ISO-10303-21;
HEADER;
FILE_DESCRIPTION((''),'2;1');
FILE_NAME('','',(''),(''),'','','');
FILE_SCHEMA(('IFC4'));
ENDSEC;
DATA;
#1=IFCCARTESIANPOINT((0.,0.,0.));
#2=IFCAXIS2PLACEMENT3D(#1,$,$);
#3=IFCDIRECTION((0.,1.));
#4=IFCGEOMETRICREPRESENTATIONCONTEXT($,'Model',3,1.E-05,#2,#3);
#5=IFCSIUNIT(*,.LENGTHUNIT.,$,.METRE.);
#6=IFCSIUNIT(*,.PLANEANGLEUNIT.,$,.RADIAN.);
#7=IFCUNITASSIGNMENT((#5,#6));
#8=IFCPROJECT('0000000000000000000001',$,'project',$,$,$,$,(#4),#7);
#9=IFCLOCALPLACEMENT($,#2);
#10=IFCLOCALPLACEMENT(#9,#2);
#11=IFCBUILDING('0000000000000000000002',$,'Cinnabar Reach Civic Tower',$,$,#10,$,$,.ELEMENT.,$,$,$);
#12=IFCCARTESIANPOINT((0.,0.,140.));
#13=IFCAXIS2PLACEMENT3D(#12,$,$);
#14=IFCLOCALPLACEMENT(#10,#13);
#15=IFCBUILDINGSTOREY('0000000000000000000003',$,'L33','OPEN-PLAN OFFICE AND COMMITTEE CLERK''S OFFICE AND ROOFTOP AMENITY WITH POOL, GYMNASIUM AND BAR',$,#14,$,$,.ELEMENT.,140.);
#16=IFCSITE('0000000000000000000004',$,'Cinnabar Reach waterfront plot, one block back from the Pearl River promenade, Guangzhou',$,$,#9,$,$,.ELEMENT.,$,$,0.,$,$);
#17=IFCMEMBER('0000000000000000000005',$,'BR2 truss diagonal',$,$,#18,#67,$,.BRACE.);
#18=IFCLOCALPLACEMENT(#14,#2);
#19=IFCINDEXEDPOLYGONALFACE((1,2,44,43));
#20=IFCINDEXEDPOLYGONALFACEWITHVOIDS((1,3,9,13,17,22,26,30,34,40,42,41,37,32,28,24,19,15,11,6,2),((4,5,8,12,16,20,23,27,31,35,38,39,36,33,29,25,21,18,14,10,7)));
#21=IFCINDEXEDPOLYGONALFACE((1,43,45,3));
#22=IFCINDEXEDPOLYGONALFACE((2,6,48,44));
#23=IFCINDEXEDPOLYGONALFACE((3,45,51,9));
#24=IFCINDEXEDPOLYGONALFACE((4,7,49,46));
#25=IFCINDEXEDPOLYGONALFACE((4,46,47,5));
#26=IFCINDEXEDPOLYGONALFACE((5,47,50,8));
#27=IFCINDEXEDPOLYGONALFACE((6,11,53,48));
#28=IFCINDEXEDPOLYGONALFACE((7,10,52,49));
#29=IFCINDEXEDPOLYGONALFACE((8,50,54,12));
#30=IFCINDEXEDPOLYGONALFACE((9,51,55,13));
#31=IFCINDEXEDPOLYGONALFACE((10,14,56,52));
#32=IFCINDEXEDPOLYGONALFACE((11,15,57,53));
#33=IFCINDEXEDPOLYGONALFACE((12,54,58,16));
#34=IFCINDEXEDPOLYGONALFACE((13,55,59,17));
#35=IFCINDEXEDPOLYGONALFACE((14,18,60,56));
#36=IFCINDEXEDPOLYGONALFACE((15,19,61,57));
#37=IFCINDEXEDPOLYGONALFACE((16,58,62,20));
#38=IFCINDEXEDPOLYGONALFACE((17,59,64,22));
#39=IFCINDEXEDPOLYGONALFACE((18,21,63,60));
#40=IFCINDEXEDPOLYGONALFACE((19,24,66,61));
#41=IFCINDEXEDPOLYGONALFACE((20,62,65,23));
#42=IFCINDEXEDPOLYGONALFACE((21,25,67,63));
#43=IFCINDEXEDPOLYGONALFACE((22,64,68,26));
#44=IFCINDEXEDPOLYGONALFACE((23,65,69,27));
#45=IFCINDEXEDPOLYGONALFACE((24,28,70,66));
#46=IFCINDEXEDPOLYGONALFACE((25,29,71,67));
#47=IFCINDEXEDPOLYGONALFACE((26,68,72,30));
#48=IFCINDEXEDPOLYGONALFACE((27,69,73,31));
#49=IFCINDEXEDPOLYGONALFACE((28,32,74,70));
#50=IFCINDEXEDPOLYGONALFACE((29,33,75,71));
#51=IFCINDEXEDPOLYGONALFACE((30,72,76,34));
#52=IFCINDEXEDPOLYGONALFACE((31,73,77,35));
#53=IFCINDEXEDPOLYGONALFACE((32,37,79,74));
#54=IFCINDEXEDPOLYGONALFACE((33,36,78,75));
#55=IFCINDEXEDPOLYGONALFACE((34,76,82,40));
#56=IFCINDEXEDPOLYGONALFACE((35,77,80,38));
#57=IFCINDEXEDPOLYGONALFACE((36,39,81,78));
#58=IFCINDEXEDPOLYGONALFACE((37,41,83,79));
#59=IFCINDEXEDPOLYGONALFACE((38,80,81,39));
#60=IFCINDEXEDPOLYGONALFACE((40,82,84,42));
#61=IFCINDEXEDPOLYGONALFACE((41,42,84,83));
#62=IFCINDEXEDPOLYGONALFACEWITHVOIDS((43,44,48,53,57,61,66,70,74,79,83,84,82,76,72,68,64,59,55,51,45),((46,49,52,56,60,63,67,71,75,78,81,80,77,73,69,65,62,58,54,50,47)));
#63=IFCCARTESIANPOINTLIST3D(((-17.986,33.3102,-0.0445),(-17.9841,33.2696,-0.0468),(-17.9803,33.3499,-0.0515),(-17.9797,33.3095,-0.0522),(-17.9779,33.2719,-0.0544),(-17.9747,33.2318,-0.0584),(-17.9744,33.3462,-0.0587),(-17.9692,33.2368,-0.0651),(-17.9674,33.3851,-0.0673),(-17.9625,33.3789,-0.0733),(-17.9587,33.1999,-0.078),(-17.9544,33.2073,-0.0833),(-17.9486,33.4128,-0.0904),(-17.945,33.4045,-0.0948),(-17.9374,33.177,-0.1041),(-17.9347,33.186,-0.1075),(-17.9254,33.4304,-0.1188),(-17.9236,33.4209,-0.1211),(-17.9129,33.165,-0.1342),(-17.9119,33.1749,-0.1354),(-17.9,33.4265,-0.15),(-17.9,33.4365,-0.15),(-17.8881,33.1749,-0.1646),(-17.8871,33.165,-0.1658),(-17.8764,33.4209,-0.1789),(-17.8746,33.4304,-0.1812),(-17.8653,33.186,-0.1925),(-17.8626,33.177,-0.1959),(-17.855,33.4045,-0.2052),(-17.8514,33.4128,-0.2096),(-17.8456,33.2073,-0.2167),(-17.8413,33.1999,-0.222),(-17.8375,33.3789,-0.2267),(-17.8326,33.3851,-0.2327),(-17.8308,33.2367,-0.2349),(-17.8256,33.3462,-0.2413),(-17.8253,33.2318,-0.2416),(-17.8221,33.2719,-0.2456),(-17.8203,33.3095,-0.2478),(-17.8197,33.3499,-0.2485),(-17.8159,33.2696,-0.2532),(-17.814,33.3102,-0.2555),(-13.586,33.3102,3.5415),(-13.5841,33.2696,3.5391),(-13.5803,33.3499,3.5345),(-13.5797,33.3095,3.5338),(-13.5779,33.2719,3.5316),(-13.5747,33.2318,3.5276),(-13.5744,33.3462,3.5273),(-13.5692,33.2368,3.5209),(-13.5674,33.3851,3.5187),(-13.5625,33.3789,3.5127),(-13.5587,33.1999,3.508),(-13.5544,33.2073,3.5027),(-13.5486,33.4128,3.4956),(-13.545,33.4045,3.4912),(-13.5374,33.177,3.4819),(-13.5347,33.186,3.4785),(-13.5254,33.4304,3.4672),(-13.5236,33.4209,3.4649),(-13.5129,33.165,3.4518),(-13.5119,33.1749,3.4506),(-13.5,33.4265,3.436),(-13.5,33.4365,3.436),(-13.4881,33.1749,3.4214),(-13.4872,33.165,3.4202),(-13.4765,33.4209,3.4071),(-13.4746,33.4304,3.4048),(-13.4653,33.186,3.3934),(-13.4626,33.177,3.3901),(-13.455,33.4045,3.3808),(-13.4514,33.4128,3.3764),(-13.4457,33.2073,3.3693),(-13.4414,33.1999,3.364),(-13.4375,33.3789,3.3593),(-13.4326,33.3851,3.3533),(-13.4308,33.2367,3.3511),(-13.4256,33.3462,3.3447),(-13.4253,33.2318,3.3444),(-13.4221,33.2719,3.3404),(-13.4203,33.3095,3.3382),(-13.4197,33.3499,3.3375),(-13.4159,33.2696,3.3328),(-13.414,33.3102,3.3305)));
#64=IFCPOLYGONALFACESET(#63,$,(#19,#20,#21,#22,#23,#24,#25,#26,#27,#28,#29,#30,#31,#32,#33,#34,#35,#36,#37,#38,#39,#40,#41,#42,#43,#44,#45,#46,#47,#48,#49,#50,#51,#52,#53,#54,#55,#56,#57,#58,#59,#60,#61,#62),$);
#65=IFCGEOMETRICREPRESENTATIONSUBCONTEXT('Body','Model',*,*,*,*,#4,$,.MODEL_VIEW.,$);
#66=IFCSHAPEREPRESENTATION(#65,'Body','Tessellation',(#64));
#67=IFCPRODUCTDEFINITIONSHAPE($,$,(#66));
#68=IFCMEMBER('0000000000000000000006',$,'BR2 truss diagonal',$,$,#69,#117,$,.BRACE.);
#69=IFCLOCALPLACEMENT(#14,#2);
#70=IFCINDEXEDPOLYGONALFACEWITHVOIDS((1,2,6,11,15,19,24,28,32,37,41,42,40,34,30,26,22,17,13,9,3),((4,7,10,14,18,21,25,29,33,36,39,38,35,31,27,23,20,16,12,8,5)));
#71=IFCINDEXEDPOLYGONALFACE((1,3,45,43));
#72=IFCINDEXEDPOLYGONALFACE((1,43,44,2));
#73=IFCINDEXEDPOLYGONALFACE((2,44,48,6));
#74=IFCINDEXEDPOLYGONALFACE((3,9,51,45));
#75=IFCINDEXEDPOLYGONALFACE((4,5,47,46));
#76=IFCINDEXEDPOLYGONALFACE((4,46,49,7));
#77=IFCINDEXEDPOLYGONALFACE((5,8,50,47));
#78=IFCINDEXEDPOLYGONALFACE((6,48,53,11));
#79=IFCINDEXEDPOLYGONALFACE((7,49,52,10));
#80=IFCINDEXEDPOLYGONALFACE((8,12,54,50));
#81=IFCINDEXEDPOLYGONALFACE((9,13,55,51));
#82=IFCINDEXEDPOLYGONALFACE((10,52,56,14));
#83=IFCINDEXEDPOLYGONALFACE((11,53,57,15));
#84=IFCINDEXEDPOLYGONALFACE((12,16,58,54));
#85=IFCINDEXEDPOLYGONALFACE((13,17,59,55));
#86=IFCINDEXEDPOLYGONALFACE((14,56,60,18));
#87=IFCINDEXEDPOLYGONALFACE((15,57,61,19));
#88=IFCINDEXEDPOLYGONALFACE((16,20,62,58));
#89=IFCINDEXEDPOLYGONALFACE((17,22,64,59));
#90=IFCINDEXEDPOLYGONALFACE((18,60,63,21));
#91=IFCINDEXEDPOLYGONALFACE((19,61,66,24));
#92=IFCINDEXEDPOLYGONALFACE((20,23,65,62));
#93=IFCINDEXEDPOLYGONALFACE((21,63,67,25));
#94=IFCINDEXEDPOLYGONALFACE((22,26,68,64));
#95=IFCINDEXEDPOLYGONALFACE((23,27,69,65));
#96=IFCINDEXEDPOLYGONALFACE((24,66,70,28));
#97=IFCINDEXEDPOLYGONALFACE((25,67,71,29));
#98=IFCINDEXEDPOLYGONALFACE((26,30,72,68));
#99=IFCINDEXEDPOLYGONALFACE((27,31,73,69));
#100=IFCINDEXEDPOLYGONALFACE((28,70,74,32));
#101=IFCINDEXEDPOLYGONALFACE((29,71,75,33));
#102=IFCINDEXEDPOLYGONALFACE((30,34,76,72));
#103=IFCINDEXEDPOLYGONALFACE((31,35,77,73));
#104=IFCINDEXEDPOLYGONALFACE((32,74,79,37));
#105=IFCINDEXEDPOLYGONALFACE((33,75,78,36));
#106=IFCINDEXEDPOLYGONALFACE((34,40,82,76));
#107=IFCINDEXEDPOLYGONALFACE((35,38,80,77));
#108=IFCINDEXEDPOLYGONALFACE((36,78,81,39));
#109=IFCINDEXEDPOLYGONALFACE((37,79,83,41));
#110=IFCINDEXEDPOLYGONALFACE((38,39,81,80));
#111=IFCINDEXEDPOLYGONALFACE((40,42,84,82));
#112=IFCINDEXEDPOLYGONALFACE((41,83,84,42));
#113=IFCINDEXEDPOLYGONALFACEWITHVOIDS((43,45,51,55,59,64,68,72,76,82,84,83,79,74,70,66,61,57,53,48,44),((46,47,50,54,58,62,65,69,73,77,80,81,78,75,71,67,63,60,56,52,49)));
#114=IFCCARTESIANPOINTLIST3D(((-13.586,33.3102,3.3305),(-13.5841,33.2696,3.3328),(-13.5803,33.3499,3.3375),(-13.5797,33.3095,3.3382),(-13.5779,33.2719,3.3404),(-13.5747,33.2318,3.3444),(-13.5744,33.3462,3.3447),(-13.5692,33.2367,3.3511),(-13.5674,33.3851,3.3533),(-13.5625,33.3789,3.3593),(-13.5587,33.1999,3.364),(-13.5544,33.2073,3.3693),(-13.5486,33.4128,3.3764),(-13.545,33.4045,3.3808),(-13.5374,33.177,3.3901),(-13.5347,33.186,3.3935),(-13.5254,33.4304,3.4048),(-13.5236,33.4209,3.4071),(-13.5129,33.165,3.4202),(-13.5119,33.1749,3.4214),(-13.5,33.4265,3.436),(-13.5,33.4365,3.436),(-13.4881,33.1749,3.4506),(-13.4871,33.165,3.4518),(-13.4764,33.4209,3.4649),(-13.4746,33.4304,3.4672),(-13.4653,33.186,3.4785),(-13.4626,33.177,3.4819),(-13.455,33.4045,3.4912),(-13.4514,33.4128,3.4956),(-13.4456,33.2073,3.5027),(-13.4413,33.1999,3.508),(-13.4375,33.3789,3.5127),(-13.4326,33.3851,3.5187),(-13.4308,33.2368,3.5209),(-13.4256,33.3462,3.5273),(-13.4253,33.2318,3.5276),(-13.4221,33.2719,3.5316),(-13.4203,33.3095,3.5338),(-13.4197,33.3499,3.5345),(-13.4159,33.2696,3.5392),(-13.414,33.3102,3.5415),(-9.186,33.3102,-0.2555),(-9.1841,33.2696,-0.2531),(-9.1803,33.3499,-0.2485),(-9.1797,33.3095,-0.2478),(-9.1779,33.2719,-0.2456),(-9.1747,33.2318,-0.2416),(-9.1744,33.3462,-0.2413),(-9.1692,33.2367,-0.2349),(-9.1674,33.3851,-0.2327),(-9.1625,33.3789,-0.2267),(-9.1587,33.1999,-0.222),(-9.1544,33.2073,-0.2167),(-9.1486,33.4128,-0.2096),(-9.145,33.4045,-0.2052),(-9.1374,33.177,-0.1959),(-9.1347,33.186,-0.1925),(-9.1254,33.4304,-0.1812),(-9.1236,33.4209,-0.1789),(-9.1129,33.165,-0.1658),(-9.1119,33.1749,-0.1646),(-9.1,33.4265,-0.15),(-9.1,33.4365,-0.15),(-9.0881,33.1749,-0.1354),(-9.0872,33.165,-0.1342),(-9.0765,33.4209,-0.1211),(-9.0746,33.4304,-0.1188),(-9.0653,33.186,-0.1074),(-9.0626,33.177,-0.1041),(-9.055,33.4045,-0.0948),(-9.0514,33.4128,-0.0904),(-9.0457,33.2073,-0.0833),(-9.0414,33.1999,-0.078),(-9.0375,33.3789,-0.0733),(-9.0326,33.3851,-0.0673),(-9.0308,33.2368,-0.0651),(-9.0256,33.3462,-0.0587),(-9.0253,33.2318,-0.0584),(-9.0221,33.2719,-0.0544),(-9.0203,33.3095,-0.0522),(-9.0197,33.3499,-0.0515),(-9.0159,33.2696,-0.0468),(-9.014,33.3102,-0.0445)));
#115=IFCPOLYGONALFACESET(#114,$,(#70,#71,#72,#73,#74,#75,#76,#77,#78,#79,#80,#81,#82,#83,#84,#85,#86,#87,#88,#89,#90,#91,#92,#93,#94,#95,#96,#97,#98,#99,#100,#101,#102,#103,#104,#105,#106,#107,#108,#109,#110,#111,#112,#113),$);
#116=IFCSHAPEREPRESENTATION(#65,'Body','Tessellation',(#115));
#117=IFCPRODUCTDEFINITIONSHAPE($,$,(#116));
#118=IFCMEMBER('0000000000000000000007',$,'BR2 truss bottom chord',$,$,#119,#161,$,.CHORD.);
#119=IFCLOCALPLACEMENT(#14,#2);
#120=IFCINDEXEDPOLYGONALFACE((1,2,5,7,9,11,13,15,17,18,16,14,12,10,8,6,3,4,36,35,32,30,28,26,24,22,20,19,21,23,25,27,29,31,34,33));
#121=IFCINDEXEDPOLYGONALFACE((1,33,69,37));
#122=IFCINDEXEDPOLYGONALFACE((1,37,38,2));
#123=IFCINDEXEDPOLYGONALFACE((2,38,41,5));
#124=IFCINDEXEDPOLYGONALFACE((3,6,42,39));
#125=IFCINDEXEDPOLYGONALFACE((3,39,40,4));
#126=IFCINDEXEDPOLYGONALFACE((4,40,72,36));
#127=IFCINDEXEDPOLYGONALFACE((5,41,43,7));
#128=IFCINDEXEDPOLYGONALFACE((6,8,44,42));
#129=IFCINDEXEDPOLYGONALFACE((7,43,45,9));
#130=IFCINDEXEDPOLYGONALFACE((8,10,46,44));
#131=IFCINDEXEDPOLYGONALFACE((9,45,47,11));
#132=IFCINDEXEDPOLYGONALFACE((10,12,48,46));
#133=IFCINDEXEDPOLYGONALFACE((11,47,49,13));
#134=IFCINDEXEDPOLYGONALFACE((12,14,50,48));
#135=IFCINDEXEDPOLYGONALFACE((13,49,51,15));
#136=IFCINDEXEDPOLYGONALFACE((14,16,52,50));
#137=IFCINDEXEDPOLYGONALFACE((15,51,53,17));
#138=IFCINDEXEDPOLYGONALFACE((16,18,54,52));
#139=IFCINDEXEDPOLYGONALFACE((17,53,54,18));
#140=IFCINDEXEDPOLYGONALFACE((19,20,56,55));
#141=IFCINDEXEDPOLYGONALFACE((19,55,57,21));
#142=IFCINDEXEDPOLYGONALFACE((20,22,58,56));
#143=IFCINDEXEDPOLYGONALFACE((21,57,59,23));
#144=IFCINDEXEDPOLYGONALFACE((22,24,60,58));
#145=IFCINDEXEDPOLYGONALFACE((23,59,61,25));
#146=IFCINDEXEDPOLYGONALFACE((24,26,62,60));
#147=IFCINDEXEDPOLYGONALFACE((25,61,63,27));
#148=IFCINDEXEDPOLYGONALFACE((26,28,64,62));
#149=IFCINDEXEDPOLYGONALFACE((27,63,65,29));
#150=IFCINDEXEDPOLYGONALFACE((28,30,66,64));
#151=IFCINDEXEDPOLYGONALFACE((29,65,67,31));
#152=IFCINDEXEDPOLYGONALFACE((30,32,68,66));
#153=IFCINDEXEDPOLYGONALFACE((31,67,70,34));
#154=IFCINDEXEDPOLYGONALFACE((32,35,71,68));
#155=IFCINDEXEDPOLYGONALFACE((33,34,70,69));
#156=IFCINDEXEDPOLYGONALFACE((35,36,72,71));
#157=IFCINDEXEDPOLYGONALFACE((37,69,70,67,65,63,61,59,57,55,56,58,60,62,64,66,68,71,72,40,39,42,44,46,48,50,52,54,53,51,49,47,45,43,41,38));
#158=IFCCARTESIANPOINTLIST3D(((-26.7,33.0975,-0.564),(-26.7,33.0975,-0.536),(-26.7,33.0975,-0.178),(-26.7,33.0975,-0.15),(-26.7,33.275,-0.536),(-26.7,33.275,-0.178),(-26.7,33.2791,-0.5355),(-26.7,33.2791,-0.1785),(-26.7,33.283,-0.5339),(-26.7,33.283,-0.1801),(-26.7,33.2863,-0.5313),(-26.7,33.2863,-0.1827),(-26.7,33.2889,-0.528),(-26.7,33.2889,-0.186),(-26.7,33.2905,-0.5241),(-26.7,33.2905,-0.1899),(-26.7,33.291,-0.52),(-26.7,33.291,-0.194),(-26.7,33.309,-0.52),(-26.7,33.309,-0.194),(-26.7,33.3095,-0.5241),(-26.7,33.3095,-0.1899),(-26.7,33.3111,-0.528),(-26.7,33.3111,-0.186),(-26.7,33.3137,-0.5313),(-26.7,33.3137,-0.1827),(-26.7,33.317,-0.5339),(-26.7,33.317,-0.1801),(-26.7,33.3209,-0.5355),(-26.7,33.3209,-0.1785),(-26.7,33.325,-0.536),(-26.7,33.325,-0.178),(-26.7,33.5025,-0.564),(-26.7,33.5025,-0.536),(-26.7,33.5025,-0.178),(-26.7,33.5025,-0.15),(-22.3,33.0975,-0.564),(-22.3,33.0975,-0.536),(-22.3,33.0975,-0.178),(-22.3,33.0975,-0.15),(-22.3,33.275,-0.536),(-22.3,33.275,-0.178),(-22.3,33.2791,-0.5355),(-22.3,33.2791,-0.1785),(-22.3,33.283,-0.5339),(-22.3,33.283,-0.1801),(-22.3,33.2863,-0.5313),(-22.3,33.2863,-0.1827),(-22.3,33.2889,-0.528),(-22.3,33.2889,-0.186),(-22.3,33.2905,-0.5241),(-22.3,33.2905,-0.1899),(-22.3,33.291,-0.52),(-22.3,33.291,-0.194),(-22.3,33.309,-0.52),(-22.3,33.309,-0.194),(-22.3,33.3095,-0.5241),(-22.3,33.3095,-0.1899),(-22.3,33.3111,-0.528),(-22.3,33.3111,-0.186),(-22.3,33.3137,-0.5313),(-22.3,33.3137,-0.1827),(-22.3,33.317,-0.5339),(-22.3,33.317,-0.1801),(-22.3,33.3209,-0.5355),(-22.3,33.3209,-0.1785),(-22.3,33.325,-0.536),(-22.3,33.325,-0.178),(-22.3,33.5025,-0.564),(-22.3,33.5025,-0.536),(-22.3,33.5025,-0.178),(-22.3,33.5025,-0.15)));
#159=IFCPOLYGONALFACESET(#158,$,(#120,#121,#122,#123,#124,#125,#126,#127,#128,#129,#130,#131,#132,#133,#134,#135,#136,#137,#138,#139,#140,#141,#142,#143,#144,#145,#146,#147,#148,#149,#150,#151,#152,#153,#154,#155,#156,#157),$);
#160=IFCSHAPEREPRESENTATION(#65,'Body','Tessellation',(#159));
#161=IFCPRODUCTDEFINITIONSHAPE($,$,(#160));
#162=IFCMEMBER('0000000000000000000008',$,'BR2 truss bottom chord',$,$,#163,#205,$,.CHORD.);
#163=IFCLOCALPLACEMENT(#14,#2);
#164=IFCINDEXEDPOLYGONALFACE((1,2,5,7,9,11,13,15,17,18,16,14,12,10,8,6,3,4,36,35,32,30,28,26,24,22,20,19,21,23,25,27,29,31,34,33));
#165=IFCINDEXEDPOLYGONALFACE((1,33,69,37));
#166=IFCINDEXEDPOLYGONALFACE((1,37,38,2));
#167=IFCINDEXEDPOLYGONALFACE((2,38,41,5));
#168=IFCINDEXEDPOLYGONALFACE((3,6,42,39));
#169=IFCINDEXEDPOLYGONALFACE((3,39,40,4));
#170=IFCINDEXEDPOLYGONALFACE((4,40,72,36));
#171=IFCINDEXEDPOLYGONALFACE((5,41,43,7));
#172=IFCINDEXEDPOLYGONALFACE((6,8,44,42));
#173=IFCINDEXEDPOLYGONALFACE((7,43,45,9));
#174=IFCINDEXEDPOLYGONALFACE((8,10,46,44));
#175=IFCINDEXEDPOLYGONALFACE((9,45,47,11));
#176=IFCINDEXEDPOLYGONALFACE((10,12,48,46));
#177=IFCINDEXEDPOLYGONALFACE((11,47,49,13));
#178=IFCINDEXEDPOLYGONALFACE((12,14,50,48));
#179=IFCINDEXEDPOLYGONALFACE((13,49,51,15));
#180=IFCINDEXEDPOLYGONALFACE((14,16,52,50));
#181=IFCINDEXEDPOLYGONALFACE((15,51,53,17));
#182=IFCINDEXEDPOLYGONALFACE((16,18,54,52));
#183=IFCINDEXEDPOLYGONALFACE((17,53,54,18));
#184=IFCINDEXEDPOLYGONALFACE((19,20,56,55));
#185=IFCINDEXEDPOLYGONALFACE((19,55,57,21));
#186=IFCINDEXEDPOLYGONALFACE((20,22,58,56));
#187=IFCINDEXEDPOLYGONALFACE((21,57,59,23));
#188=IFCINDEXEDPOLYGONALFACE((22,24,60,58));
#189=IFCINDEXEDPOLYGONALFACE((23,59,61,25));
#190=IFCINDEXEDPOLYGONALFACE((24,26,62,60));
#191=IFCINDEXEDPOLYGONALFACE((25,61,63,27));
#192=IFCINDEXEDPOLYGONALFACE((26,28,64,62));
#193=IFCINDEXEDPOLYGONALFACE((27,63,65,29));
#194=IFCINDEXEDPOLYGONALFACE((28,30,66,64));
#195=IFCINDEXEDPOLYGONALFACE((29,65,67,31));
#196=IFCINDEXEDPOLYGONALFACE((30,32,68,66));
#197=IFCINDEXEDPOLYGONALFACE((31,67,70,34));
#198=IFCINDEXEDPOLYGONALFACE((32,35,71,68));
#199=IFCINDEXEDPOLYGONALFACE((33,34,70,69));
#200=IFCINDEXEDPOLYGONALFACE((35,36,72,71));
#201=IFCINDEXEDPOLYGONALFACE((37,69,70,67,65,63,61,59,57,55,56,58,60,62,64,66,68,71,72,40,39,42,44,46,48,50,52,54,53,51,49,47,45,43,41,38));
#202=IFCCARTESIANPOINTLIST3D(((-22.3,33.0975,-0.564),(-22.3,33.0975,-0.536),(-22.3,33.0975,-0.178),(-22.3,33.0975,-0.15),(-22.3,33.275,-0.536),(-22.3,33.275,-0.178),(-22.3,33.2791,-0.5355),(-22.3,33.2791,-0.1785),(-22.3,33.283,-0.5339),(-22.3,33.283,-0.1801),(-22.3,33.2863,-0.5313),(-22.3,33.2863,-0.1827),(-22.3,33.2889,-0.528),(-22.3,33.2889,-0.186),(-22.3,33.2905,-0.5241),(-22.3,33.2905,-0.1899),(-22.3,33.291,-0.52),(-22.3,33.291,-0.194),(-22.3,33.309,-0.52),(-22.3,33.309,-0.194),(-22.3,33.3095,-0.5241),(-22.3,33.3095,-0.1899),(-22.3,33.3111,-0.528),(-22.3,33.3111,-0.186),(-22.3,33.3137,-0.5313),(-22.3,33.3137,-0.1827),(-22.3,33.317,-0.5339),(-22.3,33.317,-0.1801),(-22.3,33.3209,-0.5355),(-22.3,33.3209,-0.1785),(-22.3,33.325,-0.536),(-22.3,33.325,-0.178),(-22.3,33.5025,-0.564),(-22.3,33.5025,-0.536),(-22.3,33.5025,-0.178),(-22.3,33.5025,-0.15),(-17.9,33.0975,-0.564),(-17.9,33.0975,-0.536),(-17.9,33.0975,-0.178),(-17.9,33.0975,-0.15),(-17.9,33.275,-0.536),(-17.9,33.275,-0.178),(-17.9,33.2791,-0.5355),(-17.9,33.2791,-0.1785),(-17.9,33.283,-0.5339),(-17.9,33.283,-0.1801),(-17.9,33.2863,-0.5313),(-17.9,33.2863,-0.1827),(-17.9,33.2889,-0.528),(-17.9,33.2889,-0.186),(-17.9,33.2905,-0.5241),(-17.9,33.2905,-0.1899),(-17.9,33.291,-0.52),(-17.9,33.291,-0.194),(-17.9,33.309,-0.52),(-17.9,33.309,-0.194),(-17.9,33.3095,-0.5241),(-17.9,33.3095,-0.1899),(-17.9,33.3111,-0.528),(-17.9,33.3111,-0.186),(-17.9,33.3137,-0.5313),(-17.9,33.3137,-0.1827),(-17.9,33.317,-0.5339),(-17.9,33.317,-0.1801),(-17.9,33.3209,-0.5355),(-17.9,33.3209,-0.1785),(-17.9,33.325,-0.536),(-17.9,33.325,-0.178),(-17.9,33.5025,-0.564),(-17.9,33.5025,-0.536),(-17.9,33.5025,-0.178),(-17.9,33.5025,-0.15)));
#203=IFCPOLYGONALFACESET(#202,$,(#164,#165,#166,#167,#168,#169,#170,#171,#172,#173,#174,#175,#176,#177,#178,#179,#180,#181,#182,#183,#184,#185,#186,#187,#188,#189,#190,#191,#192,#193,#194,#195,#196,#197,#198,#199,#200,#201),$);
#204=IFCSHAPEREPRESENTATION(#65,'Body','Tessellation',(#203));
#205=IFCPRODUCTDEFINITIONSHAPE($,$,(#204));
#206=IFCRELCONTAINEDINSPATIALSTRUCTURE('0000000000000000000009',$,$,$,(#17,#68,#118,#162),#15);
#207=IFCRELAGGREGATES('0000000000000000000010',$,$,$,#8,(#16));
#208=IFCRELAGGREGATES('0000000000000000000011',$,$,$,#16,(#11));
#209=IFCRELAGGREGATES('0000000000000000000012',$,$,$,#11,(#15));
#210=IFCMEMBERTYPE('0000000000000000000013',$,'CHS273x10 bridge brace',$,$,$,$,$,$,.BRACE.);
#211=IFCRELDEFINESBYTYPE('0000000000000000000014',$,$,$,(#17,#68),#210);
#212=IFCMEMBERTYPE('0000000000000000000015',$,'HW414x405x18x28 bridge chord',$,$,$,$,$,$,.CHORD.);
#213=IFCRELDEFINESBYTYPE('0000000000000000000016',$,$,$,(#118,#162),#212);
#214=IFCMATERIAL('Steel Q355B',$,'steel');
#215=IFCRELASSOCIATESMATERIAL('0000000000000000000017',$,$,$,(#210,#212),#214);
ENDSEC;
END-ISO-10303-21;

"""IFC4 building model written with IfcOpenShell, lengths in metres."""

from ifc_helpers import new_model, si_unit, direction, frame, origin, origin_2d, place, context, subcontext, project, spatial, hollow_circle, i_section, extrude, material, material_profile, profile_set, type_object, element, save


model = new_model("IFC4")

# Units and contexts
model_context = context("Model", 3, precision=1e-05, world=origin(), true_north=direction((0.0, 1.0)))
body_context = subcontext(model_context, "Body", "Model", "MODEL_VIEW")
ifc_project = project(units=[si_unit("LENGTHUNIT", "METRE"), si_unit("PLANEANGLEUNIT", "RADIAN")], contexts=[model_context])

# Site, building, storey
site_placement = place(None, origin())
site = spatial("IfcSite", under=ifc_project, at=site_placement, Name="Cinnabar Reach waterfront plot, one block back from the Pearl River promenade, Guangzhou", CompositionType="ELEMENT", RefElevation=0.0)
building_placement = place(site_placement, origin())
building = spatial("IfcBuilding", under=site, at=building_placement, Name="Cinnabar Reach Civic Tower", CompositionType="ELEMENT")
storey_placement = place(building_placement, frame((0.0, 0.0, 140.0)))
storey = spatial("IfcBuildingStorey", under=building, at=storey_placement, Name="L33", Description="OPEN-PLAN OFFICE AND COMMITTEE CLERK'S OFFICE AND ROOFTOP AMENITY WITH POOL, GYMNASIUM AND BAR", CompositionType="ELEMENT", Elevation=140.0)

# Members
ifc_material_1 = material(Name="Steel Q355B", Category="steel")
ifc_material_profile_1 = material_profile(ifc_material_1, hollow_circle(Radius=0.1365, WallThickness=0.01, at=origin_2d()), Name="CHS273x10")
ifc_profile_set_1 = profile_set([ifc_material_profile_1], Name="Steel Q355B")
member_type_1 = type_object("IfcMemberType", Name="CHS273x10 bridge brace", PredefinedType="BRACE", material=ifc_profile_set_1)
for number, where, z_axis, x_axis, name in (
    (1, (-17.9, 33.3, -0.15), (0.775165, 0.0, 0.631759), (0.0, 1.0, 0.0), "BR2 truss diagonal"),
    (2, (-13.5, 33.3, 3.436), (0.775165, 0.0, -0.631759), (0.0, 1.0, 0.0), "BR2 truss diagonal"),
):
    element("IfcMember", number, at=place(storey_placement, frame(where, z_axis=z_axis, x_axis=x_axis)), inside=storey, type_object=member_type_1, Name=name, PredefinedType="BRACE", context=body_context, shape_type="SweptSolid", body=[
        extrude(hollow_circle(Radius=0.1365, WallThickness=0.01, at=origin_2d()), origin(), (0.0, 0.0, 1.0), 5.6762),
    ])
ifc_material_profile_2 = material_profile(ifc_material_1, i_section(OverallWidth=0.405, OverallDepth=0.414, WebThickness=0.018, FlangeThickness=0.028, FilletRadius=0.016, at=origin_2d()), Name="HW414x405x18x28")
ifc_profile_set_2 = profile_set([ifc_material_profile_2], Name="Steel Q355B")
member_type_2 = type_object("IfcMemberType", Name="HW414x405x18x28 bridge chord", PredefinedType="CHORD", material=ifc_profile_set_2)
for number, where, z_axis, x_axis, name in (
    (3, (-26.7, 33.3, -0.357), (1.0, 0.0, 0.0), (0.0, 1.0, 0.0), "BR2 truss bottom chord"),
    (4, (-22.3, 33.3, -0.357), (1.0, 0.0, 0.0), (0.0, 1.0, 0.0), "BR2 truss bottom chord"),
):
    element("IfcMember", number, at=place(storey_placement, frame(where, z_axis=z_axis, x_axis=x_axis)), inside=storey, type_object=member_type_2, Name=name, PredefinedType="CHORD", context=body_context, shape_type="SweptSolid", body=[
        extrude(i_section(OverallWidth=0.405, OverallDepth=0.414, WebThickness=0.018, FlangeThickness=0.028, FilletRadius=0.016, at=origin_2d()), origin(), (0.0, 0.0, 1.0), 4.4),
    ])

save(model, "model.ifc")
